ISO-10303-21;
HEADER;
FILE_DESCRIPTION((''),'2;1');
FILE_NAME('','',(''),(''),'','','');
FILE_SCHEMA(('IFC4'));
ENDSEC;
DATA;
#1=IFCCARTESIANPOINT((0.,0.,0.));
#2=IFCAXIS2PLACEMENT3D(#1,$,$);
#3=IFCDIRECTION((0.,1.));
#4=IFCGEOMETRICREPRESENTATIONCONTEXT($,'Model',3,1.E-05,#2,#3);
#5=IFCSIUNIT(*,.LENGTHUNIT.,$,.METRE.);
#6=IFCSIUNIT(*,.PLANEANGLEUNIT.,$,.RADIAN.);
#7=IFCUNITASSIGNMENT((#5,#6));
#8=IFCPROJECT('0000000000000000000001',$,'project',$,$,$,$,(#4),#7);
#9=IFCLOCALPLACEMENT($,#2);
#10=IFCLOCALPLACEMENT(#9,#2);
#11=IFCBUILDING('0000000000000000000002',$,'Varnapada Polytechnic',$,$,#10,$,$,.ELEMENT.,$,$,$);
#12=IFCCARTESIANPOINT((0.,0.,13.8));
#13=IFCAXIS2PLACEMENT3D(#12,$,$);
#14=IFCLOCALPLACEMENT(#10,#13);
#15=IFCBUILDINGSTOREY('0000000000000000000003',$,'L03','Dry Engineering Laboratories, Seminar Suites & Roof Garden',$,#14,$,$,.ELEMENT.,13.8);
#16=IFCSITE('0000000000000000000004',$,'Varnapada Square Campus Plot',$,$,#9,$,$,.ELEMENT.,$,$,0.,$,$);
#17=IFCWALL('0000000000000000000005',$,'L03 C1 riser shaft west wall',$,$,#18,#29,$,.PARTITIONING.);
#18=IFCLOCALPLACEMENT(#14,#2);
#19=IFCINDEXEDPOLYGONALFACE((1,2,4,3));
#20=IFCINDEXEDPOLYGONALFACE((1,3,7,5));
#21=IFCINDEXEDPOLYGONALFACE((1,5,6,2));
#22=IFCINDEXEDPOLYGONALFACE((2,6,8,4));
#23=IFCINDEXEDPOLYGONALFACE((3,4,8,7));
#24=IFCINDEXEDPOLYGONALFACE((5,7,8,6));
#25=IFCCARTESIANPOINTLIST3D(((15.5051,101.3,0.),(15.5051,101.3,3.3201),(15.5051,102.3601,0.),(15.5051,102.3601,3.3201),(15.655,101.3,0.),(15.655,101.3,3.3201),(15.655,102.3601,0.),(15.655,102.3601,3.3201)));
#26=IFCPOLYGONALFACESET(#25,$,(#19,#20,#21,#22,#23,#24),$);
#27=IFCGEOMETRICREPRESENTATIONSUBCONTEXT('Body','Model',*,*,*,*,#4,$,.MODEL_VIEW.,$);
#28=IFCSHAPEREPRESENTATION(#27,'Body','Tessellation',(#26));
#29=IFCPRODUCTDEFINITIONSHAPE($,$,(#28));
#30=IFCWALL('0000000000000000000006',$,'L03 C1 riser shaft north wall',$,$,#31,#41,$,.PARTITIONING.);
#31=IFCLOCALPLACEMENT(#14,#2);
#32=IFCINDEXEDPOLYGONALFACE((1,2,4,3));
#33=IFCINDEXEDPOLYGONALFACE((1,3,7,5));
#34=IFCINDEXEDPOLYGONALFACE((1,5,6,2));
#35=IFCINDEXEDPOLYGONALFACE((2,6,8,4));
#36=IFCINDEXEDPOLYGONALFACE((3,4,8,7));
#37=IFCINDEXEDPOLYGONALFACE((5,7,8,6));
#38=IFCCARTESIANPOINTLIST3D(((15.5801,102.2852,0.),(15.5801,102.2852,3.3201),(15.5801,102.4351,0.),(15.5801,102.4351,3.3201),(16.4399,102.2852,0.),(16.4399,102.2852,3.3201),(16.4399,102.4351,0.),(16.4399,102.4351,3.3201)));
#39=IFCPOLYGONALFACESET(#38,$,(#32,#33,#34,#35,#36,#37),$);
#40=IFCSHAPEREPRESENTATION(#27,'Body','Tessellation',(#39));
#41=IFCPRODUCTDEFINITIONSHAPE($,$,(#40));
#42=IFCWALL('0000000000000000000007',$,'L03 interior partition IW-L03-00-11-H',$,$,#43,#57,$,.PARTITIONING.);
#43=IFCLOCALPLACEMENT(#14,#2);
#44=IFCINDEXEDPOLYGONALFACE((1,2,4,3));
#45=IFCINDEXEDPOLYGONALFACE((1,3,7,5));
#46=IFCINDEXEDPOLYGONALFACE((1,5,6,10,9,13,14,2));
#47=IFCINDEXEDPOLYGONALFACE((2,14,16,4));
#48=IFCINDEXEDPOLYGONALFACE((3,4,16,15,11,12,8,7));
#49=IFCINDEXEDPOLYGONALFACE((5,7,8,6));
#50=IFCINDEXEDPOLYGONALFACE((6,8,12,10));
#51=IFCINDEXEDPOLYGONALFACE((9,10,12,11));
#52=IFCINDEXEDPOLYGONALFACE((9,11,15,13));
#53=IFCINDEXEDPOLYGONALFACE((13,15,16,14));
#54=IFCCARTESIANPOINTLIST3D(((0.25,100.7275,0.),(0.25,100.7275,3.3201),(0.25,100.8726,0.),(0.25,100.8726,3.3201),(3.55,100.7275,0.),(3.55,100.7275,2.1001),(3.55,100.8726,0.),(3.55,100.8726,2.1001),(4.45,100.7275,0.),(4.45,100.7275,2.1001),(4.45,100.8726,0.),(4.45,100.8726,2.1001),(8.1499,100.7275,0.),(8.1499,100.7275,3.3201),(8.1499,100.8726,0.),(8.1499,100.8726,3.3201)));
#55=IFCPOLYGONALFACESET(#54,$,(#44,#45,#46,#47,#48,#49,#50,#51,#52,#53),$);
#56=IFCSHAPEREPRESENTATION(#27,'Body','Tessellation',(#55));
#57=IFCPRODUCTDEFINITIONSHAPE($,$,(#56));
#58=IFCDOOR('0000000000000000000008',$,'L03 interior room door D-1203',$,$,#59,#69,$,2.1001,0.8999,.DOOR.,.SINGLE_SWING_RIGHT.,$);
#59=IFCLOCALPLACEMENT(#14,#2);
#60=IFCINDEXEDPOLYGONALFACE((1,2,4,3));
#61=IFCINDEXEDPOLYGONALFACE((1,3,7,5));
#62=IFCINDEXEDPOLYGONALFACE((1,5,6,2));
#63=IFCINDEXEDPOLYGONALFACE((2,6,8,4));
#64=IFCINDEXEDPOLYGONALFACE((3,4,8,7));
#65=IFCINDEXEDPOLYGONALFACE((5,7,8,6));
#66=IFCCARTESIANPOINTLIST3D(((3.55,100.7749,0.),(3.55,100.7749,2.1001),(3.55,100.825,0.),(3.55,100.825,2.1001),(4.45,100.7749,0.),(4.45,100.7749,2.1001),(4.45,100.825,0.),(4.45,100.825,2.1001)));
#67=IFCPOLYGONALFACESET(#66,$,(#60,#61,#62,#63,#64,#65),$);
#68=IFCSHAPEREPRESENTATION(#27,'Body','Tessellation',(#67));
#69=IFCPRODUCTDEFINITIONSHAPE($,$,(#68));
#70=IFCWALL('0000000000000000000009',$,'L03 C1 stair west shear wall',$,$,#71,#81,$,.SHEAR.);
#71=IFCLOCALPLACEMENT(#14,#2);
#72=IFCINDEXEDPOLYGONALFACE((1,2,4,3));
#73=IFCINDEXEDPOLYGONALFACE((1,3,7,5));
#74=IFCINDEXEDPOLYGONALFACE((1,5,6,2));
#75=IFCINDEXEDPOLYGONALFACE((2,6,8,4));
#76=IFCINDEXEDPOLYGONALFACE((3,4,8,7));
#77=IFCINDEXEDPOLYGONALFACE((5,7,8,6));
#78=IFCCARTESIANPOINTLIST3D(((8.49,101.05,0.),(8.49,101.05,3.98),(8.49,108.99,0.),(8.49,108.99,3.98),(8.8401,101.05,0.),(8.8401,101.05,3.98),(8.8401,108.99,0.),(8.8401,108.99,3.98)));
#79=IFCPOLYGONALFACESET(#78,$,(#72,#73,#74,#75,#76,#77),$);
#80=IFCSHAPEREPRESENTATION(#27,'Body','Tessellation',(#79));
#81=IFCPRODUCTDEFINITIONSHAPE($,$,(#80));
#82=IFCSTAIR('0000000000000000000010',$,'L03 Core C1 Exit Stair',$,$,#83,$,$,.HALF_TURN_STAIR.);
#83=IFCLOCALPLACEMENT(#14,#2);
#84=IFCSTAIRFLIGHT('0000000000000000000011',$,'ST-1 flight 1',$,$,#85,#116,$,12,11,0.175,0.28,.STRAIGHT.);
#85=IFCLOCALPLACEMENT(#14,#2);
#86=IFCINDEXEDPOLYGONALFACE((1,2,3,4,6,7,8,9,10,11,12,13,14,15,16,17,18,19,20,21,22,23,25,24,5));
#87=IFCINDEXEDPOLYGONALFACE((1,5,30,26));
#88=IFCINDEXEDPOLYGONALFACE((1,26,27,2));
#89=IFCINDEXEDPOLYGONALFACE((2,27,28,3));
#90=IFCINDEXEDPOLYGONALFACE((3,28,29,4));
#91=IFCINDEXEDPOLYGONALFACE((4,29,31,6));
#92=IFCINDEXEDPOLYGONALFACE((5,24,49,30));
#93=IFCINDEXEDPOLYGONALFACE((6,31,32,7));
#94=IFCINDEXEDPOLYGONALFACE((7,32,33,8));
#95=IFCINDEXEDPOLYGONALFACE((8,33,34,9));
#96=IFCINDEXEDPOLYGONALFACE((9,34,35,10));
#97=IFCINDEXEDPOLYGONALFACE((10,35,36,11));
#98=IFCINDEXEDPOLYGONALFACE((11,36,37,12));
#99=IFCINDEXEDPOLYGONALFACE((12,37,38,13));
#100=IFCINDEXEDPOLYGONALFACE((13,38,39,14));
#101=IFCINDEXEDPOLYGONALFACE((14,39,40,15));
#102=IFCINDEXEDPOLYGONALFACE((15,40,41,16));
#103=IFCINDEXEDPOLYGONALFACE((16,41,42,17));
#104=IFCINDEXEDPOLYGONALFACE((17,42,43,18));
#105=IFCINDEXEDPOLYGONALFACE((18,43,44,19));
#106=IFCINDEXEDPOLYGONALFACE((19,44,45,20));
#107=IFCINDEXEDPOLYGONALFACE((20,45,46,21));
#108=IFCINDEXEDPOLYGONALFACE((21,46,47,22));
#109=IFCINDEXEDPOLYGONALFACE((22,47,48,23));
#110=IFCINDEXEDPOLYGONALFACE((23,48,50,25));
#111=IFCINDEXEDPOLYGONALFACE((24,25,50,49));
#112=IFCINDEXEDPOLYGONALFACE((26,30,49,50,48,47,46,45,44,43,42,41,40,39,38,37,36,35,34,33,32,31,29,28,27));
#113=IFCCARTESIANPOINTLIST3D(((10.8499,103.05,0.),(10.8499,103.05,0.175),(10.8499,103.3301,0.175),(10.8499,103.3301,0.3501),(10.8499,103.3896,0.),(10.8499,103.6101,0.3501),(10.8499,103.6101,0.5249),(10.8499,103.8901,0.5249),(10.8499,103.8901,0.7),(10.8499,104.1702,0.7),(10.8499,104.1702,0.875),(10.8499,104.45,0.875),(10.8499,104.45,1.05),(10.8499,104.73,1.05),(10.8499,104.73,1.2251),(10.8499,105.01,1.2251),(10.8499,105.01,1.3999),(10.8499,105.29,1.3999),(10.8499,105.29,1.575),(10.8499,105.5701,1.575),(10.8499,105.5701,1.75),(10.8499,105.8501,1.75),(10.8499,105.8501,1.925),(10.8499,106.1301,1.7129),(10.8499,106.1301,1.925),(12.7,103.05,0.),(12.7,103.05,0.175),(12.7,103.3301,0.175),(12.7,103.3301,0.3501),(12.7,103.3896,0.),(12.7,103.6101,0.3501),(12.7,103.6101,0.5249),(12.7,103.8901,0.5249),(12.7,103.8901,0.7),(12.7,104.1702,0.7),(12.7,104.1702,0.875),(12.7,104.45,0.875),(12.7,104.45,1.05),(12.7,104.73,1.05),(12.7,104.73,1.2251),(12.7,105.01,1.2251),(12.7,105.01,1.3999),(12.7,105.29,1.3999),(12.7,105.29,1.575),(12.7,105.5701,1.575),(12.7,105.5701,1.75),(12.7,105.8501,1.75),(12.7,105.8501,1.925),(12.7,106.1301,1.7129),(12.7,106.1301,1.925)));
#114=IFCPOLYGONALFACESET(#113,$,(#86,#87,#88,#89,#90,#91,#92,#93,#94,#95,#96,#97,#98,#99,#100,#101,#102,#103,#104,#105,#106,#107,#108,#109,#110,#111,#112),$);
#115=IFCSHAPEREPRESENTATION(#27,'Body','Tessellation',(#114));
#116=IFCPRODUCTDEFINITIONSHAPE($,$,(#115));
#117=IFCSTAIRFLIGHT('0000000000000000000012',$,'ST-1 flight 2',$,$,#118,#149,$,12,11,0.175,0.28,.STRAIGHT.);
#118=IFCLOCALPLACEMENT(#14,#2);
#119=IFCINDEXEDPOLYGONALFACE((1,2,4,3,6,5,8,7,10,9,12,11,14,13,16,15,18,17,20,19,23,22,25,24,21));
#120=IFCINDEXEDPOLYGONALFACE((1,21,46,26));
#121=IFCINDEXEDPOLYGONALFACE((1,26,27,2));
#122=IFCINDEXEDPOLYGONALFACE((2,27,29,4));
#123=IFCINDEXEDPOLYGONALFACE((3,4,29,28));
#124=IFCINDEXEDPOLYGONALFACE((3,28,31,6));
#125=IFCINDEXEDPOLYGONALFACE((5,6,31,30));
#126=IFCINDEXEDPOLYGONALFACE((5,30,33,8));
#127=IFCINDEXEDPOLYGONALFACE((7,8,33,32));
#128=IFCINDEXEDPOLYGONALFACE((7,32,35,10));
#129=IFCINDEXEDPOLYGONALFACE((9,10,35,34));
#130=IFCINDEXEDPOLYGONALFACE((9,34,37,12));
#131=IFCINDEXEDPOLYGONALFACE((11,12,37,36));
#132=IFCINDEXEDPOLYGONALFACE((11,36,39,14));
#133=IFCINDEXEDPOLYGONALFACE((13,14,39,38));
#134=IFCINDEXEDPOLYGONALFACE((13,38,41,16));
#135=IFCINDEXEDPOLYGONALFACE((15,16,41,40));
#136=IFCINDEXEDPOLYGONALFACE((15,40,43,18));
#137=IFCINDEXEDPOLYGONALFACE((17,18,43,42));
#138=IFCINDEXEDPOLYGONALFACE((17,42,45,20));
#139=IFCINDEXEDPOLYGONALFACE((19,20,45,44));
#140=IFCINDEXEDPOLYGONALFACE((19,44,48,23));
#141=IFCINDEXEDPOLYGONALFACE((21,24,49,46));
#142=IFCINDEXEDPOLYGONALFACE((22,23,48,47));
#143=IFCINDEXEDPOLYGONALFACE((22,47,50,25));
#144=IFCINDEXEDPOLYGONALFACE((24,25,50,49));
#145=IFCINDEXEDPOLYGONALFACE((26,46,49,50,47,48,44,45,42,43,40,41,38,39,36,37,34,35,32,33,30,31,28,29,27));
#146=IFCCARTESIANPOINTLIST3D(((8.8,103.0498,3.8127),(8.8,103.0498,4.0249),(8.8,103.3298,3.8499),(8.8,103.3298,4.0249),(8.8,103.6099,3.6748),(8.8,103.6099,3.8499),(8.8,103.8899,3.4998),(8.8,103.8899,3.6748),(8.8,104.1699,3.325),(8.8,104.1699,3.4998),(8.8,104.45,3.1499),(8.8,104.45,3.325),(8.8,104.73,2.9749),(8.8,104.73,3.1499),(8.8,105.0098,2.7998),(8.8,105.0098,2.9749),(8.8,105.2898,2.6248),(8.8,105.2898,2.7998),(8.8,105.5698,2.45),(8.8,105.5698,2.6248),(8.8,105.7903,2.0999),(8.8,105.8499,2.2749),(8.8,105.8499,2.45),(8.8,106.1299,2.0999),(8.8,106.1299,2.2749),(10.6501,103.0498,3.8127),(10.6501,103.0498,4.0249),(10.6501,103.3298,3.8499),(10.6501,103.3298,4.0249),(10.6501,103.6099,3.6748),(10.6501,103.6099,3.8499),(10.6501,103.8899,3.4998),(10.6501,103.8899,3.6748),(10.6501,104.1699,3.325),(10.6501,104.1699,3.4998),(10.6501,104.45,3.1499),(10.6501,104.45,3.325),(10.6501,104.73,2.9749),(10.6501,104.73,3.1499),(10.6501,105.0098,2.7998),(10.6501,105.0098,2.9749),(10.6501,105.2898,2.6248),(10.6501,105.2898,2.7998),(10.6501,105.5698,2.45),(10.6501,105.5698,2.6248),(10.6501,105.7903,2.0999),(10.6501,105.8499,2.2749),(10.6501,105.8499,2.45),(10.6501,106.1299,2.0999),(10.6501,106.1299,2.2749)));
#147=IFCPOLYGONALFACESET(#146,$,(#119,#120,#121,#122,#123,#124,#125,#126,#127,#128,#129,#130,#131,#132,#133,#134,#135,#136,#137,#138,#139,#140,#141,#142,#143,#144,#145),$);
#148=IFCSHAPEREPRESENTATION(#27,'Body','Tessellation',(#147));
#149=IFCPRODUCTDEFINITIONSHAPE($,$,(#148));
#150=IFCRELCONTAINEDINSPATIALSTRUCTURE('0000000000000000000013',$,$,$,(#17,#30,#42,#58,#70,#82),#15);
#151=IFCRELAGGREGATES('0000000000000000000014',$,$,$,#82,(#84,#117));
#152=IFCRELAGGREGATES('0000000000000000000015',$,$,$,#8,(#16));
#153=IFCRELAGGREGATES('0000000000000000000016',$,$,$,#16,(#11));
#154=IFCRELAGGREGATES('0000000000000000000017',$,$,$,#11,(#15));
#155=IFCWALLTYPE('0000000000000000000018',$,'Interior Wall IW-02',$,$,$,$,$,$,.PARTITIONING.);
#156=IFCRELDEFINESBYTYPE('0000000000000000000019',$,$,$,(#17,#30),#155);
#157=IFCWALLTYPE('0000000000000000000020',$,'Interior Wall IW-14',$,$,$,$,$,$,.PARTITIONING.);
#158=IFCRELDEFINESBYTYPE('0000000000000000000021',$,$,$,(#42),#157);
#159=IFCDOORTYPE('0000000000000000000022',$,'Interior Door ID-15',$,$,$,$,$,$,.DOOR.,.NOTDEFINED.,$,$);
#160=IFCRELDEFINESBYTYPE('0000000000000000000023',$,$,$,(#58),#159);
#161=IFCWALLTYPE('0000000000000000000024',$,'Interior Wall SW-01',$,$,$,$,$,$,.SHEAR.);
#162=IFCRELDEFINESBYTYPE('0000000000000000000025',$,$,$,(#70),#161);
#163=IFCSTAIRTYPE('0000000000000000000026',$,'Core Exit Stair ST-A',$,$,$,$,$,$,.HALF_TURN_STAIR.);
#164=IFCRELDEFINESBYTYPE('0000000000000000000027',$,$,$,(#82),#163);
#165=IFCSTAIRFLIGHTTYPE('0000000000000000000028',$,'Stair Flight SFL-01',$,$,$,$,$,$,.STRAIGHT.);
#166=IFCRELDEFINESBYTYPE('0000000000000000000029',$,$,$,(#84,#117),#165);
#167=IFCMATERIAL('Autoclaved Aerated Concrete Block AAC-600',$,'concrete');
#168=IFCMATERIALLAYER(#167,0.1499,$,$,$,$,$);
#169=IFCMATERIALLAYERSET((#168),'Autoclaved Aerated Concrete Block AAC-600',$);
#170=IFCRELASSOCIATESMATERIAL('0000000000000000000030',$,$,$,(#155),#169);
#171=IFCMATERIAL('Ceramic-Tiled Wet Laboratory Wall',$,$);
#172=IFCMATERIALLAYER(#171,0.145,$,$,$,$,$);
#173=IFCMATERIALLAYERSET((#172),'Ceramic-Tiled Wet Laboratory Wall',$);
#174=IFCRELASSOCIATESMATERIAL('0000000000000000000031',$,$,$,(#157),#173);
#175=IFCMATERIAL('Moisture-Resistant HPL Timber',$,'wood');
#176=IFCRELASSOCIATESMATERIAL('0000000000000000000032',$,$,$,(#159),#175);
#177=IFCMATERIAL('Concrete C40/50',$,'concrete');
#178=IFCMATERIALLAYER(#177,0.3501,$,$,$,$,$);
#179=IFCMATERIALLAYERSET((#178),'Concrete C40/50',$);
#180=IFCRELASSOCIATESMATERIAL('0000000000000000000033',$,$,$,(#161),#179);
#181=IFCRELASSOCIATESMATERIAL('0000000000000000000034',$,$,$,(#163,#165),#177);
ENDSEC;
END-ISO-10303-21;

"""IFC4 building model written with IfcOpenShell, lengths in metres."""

from ifc_helpers import new_model, si_unit, direction, frame, frame_2d, origin, place, context, subcontext, project, spatial, polyline, rectangle, outline, extrude, material, layer, layer_set, type_object, element, fill, aggregate, save


model = new_model("IFC4")

# Units and contexts
model_context = context("Model", 3, precision=1e-05, world=origin(), true_north=direction((0.0, 1.0)))
body_context = subcontext(model_context, "Body", "Model", "MODEL_VIEW")
ifc_project = project(units=[si_unit("LENGTHUNIT", "METRE"), si_unit("PLANEANGLEUNIT", "RADIAN")], contexts=[model_context])

# Site, building, storey
site_placement = place(None, origin())
site = spatial("IfcSite", under=ifc_project, at=site_placement, Name="Varnapada Square Campus Plot", CompositionType="ELEMENT", RefElevation=0.0)
building_placement = place(site_placement, origin())
building = spatial("IfcBuilding", under=site, at=building_placement, Name="Varnapada Polytechnic", CompositionType="ELEMENT")
storey_placement = place(building_placement, frame((0.0, 0.0, 13.8)))
storey = spatial("IfcBuildingStorey", under=building, at=storey_placement, Name="L03", Description="Dry Engineering Laboratories, Seminar Suites & Roof Garden", CompositionType="ELEMENT", Elevation=13.8)

# Walls
ifc_material_1 = material(Name="Autoclaved Aerated Concrete Block AAC-600", Category="concrete")
ifc_layer_1 = layer(ifc_material_1, 0.1499)
ifc_layer_set_1 = layer_set([ifc_layer_1], Name="Autoclaved Aerated Concrete Block AAC-600")
wall_type_1 = type_object("IfcWallType", Name="Interior Wall IW-02", PredefinedType="PARTITIONING", material=ifc_layer_set_1)
wall_1_placement = place(storey_placement, frame((15.5801, 102.3601, 0.0), z_axis=(0.0, 0.0, 1.0), x_axis=(0.0, -1.0, 0.0)))
element("IfcWall", 1, at=wall_1_placement, inside=storey, type_object=wall_type_1, Name="L03 C1 riser shaft west wall", PredefinedType="PARTITIONING", context=body_context, shape_type="SweptSolid", body=[
    extrude(rectangle(XDim=1.0601, YDim=0.1499, at=frame_2d((0.53, 0.0))), origin(), (0.0, 0.0, 1.0), 3.3201),
])
wall_2_placement = place(storey_placement, frame((15.5801, 102.3601, 0.0), z_axis=(0.0, 0.0, 1.0), x_axis=(1.0, 0.0, 0.0)))
element("IfcWall", 2, at=wall_2_placement, inside=storey, type_object=wall_type_1, Name="L03 C1 riser shaft north wall", PredefinedType="PARTITIONING", context=body_context, shape_type="SweptSolid", body=[
    extrude(rectangle(XDim=0.8599, YDim=0.1499, at=frame_2d((0.4299, 0.0))), origin(), (0.0, 0.0, 1.0), 3.3201),
])

# Wall, opening, door
ifc_material_2 = material(Name="Ceramic-Tiled Wet Laboratory Wall")
ifc_layer_2 = layer(ifc_material_2, 0.145)
ifc_layer_set_2 = layer_set([ifc_layer_2], Name="Ceramic-Tiled Wet Laboratory Wall")
wall_type_2 = type_object("IfcWallType", Name="Interior Wall IW-14", PredefinedType="PARTITIONING", material=ifc_layer_set_2)
wall_3_placement = place(storey_placement, frame((0.25, 100.8, 0.0), z_axis=(0.0, 0.0, 1.0), x_axis=(1.0, 0.0, 0.0)))
wall_3 = element("IfcWall", 3, at=wall_3_placement, inside=storey, type_object=wall_type_2, Name="L03 interior partition IW-L03-00-11-H", PredefinedType="PARTITIONING", context=body_context, shape_type="SweptSolid", body=[
    extrude(rectangle(XDim=7.8999, YDim=0.145, at=frame_2d((3.95, 0.0))), origin(), (0.0, 0.0, 1.0), 3.3201),
])
opening_1_placement = place(wall_3_placement, frame((3.3, 0.0, 0.0)))
opening_1 = element("IfcOpeningElement", 4, at=opening_1_placement, cuts=wall_3, PredefinedType="OPENING", context=body_context, shape_type="SweptSolid", body=[
    extrude(rectangle(XDim=0.8999, YDim=2.1001, at=frame_2d((0.45, 1.05))), frame((0.0, 0.0825, 0.0), z_axis=(0.0, -1.0, 0.0), x_axis=(1.0, 0.0, 0.0)), (0.0, 0.0, 1.0), 0.165),
])
ifc_material_3 = material(Name="Moisture-Resistant HPL Timber", Category="wood")
door_type_1 = type_object("IfcDoorType", Name="Interior Door ID-15", OperationType="NOTDEFINED", PredefinedType="DOOR", material=ifc_material_3)
door_1_placement = place(opening_1_placement, origin())
door_1 = element("IfcDoor", 5, at=door_1_placement, inside=storey, type_object=door_type_1, Name="L03 interior room door D-1203", OperationType="SINGLE_SWING_RIGHT", OverallHeight=2.1001, OverallWidth=0.8999, PredefinedType="DOOR", context=body_context, shape_type="SweptSolid", body=[
    extrude(rectangle(XDim=0.8999, YDim=2.1001, at=frame_2d((0.45, 1.05))), frame((0.0, 0.0249, 0.0), z_axis=(0.0, -1.0, 0.0), x_axis=(1.0, 0.0, 0.0)), (0.0, 0.0, 1.0), 0.05),
])
fill(opening_1, door_1)

# Wall
ifc_material_4 = material(Name="Concrete C40/50", Category="concrete")
ifc_layer_3 = layer(ifc_material_4, 0.3501)
ifc_layer_set_3 = layer_set([ifc_layer_3], Name="Concrete C40/50")
wall_type_3 = type_object("IfcWallType", Name="Interior Wall SW-01", PredefinedType="SHEAR", material=ifc_layer_set_3)
wall_4_placement = place(storey_placement, frame((8.665, 101.05, 0.0), z_axis=(0.0, 0.0, 1.0), x_axis=(0.0, 1.0, 0.0)))
element("IfcWall", 6, at=wall_4_placement, inside=storey, type_object=wall_type_3, Name="L03 C1 stair west shear wall", PredefinedType="SHEAR", context=body_context, shape_type="SweptSolid", body=[
    extrude(rectangle(XDim=7.9399, YDim=0.3501, at=frame_2d((3.97, 0.0))), origin(), (0.0, 0.0, 1.0), 3.98),
])

# Stair, stair flights
stair_type = type_object("IfcStairType", Name="Core Exit Stair ST-A", PredefinedType="HALF_TURN_STAIR", material=ifc_material_4)
stair_placement = place(storey_placement, origin())
stair = element("IfcStair", 7, at=stair_placement, inside=storey, type_object=stair_type, Name="L03 Core C1 Exit Stair", PredefinedType="HALF_TURN_STAIR")
stair_flight_type = type_object("IfcStairFlightType", Name="Stair Flight SFL-01", PredefinedType="STRAIGHT", material=ifc_material_4)
stair_flight_1_placement = place(storey_placement, frame((11.7749, 103.05, 0.0), z_axis=(0.0, 0.0, 1.0), x_axis=(0.0, 1.0, 0.0)))
stair_flight_1 = element("IfcStairFlight", 8, at=stair_flight_1_placement, type_object=stair_flight_type, Name="ST-1 flight 1", NumberOfRisers=12, NumberOfTreads=11, PredefinedType="STRAIGHT", RiserHeight=0.175, TreadLength=0.28, context=body_context, shape_type="SweptSolid", body=[
    extrude(outline(polyline([(0.0, 0.0), (0.0, 0.175), (0.28, 0.175), (0.28, 0.3501), (0.5601, 0.3501), (0.5601, 0.5249), (0.8401, 0.5249), (0.8401, 0.7), (1.1201, 0.7), (1.1201, 0.875), (1.3999, 0.875), (1.3999, 1.05), (1.6799, 1.05), (1.6799, 1.2251), (1.96, 1.2251), (1.96, 1.3999), (2.24, 1.3999), (2.24, 1.575), (2.52, 1.575), (2.52, 1.75), (2.8, 1.75), (2.8, 1.925), (3.0801, 1.925), (3.0801, 2.1001), (3.0801, 1.7129), (0.3396, 0.0), (0.0, 0.0)])), frame((0.0, 0.925, 0.0), z_axis=(0.0, -1.0, 0.0), x_axis=(1.0, 0.0, 0.0)), (0.0, 0.0, 1.0), 1.8501),
])
stair_flight_2_placement = place(storey_placement, frame((9.7251, 106.1299, 2.0999), z_axis=(0.0, 0.0, 1.0), x_axis=(0.0, -1.0, 0.0)))
stair_flight_2 = element("IfcStairFlight", 9, at=stair_flight_2_placement, type_object=stair_flight_type, Name="ST-1 flight 2", NumberOfRisers=12, NumberOfTreads=11, PredefinedType="STRAIGHT", RiserHeight=0.175, TreadLength=0.28, context=body_context, shape_type="SweptSolid", body=[
    extrude(outline(polyline([(0.0, 0.0), (0.0, 0.175), (0.28, 0.175), (0.28, 0.3501), (0.5601, 0.3501), (0.5601, 0.5249), (0.8401, 0.5249), (0.8401, 0.7), (1.1201, 0.7), (1.1201, 0.875), (1.3999, 0.875), (1.3999, 1.05), (1.6799, 1.05), (1.6799, 1.2251), (1.96, 1.2251), (1.96, 1.3999), (2.24, 1.3999), (2.24, 1.575), (2.52, 1.575), (2.52, 1.75), (2.8, 1.75), (2.8, 1.925), (3.0801, 1.925), (3.0801, 2.1001), (3.0801, 1.7129), (0.3396, 0.0), (0.0, 0.0)])), frame((0.0, 0.925, 0.0), z_axis=(0.0, -1.0, 0.0), x_axis=(1.0, 0.0, 0.0)), (0.0, 0.0, 1.0), 1.8501),
])
aggregate(stair, [stair_flight_1, stair_flight_2])

save(model, "model.ifc")
